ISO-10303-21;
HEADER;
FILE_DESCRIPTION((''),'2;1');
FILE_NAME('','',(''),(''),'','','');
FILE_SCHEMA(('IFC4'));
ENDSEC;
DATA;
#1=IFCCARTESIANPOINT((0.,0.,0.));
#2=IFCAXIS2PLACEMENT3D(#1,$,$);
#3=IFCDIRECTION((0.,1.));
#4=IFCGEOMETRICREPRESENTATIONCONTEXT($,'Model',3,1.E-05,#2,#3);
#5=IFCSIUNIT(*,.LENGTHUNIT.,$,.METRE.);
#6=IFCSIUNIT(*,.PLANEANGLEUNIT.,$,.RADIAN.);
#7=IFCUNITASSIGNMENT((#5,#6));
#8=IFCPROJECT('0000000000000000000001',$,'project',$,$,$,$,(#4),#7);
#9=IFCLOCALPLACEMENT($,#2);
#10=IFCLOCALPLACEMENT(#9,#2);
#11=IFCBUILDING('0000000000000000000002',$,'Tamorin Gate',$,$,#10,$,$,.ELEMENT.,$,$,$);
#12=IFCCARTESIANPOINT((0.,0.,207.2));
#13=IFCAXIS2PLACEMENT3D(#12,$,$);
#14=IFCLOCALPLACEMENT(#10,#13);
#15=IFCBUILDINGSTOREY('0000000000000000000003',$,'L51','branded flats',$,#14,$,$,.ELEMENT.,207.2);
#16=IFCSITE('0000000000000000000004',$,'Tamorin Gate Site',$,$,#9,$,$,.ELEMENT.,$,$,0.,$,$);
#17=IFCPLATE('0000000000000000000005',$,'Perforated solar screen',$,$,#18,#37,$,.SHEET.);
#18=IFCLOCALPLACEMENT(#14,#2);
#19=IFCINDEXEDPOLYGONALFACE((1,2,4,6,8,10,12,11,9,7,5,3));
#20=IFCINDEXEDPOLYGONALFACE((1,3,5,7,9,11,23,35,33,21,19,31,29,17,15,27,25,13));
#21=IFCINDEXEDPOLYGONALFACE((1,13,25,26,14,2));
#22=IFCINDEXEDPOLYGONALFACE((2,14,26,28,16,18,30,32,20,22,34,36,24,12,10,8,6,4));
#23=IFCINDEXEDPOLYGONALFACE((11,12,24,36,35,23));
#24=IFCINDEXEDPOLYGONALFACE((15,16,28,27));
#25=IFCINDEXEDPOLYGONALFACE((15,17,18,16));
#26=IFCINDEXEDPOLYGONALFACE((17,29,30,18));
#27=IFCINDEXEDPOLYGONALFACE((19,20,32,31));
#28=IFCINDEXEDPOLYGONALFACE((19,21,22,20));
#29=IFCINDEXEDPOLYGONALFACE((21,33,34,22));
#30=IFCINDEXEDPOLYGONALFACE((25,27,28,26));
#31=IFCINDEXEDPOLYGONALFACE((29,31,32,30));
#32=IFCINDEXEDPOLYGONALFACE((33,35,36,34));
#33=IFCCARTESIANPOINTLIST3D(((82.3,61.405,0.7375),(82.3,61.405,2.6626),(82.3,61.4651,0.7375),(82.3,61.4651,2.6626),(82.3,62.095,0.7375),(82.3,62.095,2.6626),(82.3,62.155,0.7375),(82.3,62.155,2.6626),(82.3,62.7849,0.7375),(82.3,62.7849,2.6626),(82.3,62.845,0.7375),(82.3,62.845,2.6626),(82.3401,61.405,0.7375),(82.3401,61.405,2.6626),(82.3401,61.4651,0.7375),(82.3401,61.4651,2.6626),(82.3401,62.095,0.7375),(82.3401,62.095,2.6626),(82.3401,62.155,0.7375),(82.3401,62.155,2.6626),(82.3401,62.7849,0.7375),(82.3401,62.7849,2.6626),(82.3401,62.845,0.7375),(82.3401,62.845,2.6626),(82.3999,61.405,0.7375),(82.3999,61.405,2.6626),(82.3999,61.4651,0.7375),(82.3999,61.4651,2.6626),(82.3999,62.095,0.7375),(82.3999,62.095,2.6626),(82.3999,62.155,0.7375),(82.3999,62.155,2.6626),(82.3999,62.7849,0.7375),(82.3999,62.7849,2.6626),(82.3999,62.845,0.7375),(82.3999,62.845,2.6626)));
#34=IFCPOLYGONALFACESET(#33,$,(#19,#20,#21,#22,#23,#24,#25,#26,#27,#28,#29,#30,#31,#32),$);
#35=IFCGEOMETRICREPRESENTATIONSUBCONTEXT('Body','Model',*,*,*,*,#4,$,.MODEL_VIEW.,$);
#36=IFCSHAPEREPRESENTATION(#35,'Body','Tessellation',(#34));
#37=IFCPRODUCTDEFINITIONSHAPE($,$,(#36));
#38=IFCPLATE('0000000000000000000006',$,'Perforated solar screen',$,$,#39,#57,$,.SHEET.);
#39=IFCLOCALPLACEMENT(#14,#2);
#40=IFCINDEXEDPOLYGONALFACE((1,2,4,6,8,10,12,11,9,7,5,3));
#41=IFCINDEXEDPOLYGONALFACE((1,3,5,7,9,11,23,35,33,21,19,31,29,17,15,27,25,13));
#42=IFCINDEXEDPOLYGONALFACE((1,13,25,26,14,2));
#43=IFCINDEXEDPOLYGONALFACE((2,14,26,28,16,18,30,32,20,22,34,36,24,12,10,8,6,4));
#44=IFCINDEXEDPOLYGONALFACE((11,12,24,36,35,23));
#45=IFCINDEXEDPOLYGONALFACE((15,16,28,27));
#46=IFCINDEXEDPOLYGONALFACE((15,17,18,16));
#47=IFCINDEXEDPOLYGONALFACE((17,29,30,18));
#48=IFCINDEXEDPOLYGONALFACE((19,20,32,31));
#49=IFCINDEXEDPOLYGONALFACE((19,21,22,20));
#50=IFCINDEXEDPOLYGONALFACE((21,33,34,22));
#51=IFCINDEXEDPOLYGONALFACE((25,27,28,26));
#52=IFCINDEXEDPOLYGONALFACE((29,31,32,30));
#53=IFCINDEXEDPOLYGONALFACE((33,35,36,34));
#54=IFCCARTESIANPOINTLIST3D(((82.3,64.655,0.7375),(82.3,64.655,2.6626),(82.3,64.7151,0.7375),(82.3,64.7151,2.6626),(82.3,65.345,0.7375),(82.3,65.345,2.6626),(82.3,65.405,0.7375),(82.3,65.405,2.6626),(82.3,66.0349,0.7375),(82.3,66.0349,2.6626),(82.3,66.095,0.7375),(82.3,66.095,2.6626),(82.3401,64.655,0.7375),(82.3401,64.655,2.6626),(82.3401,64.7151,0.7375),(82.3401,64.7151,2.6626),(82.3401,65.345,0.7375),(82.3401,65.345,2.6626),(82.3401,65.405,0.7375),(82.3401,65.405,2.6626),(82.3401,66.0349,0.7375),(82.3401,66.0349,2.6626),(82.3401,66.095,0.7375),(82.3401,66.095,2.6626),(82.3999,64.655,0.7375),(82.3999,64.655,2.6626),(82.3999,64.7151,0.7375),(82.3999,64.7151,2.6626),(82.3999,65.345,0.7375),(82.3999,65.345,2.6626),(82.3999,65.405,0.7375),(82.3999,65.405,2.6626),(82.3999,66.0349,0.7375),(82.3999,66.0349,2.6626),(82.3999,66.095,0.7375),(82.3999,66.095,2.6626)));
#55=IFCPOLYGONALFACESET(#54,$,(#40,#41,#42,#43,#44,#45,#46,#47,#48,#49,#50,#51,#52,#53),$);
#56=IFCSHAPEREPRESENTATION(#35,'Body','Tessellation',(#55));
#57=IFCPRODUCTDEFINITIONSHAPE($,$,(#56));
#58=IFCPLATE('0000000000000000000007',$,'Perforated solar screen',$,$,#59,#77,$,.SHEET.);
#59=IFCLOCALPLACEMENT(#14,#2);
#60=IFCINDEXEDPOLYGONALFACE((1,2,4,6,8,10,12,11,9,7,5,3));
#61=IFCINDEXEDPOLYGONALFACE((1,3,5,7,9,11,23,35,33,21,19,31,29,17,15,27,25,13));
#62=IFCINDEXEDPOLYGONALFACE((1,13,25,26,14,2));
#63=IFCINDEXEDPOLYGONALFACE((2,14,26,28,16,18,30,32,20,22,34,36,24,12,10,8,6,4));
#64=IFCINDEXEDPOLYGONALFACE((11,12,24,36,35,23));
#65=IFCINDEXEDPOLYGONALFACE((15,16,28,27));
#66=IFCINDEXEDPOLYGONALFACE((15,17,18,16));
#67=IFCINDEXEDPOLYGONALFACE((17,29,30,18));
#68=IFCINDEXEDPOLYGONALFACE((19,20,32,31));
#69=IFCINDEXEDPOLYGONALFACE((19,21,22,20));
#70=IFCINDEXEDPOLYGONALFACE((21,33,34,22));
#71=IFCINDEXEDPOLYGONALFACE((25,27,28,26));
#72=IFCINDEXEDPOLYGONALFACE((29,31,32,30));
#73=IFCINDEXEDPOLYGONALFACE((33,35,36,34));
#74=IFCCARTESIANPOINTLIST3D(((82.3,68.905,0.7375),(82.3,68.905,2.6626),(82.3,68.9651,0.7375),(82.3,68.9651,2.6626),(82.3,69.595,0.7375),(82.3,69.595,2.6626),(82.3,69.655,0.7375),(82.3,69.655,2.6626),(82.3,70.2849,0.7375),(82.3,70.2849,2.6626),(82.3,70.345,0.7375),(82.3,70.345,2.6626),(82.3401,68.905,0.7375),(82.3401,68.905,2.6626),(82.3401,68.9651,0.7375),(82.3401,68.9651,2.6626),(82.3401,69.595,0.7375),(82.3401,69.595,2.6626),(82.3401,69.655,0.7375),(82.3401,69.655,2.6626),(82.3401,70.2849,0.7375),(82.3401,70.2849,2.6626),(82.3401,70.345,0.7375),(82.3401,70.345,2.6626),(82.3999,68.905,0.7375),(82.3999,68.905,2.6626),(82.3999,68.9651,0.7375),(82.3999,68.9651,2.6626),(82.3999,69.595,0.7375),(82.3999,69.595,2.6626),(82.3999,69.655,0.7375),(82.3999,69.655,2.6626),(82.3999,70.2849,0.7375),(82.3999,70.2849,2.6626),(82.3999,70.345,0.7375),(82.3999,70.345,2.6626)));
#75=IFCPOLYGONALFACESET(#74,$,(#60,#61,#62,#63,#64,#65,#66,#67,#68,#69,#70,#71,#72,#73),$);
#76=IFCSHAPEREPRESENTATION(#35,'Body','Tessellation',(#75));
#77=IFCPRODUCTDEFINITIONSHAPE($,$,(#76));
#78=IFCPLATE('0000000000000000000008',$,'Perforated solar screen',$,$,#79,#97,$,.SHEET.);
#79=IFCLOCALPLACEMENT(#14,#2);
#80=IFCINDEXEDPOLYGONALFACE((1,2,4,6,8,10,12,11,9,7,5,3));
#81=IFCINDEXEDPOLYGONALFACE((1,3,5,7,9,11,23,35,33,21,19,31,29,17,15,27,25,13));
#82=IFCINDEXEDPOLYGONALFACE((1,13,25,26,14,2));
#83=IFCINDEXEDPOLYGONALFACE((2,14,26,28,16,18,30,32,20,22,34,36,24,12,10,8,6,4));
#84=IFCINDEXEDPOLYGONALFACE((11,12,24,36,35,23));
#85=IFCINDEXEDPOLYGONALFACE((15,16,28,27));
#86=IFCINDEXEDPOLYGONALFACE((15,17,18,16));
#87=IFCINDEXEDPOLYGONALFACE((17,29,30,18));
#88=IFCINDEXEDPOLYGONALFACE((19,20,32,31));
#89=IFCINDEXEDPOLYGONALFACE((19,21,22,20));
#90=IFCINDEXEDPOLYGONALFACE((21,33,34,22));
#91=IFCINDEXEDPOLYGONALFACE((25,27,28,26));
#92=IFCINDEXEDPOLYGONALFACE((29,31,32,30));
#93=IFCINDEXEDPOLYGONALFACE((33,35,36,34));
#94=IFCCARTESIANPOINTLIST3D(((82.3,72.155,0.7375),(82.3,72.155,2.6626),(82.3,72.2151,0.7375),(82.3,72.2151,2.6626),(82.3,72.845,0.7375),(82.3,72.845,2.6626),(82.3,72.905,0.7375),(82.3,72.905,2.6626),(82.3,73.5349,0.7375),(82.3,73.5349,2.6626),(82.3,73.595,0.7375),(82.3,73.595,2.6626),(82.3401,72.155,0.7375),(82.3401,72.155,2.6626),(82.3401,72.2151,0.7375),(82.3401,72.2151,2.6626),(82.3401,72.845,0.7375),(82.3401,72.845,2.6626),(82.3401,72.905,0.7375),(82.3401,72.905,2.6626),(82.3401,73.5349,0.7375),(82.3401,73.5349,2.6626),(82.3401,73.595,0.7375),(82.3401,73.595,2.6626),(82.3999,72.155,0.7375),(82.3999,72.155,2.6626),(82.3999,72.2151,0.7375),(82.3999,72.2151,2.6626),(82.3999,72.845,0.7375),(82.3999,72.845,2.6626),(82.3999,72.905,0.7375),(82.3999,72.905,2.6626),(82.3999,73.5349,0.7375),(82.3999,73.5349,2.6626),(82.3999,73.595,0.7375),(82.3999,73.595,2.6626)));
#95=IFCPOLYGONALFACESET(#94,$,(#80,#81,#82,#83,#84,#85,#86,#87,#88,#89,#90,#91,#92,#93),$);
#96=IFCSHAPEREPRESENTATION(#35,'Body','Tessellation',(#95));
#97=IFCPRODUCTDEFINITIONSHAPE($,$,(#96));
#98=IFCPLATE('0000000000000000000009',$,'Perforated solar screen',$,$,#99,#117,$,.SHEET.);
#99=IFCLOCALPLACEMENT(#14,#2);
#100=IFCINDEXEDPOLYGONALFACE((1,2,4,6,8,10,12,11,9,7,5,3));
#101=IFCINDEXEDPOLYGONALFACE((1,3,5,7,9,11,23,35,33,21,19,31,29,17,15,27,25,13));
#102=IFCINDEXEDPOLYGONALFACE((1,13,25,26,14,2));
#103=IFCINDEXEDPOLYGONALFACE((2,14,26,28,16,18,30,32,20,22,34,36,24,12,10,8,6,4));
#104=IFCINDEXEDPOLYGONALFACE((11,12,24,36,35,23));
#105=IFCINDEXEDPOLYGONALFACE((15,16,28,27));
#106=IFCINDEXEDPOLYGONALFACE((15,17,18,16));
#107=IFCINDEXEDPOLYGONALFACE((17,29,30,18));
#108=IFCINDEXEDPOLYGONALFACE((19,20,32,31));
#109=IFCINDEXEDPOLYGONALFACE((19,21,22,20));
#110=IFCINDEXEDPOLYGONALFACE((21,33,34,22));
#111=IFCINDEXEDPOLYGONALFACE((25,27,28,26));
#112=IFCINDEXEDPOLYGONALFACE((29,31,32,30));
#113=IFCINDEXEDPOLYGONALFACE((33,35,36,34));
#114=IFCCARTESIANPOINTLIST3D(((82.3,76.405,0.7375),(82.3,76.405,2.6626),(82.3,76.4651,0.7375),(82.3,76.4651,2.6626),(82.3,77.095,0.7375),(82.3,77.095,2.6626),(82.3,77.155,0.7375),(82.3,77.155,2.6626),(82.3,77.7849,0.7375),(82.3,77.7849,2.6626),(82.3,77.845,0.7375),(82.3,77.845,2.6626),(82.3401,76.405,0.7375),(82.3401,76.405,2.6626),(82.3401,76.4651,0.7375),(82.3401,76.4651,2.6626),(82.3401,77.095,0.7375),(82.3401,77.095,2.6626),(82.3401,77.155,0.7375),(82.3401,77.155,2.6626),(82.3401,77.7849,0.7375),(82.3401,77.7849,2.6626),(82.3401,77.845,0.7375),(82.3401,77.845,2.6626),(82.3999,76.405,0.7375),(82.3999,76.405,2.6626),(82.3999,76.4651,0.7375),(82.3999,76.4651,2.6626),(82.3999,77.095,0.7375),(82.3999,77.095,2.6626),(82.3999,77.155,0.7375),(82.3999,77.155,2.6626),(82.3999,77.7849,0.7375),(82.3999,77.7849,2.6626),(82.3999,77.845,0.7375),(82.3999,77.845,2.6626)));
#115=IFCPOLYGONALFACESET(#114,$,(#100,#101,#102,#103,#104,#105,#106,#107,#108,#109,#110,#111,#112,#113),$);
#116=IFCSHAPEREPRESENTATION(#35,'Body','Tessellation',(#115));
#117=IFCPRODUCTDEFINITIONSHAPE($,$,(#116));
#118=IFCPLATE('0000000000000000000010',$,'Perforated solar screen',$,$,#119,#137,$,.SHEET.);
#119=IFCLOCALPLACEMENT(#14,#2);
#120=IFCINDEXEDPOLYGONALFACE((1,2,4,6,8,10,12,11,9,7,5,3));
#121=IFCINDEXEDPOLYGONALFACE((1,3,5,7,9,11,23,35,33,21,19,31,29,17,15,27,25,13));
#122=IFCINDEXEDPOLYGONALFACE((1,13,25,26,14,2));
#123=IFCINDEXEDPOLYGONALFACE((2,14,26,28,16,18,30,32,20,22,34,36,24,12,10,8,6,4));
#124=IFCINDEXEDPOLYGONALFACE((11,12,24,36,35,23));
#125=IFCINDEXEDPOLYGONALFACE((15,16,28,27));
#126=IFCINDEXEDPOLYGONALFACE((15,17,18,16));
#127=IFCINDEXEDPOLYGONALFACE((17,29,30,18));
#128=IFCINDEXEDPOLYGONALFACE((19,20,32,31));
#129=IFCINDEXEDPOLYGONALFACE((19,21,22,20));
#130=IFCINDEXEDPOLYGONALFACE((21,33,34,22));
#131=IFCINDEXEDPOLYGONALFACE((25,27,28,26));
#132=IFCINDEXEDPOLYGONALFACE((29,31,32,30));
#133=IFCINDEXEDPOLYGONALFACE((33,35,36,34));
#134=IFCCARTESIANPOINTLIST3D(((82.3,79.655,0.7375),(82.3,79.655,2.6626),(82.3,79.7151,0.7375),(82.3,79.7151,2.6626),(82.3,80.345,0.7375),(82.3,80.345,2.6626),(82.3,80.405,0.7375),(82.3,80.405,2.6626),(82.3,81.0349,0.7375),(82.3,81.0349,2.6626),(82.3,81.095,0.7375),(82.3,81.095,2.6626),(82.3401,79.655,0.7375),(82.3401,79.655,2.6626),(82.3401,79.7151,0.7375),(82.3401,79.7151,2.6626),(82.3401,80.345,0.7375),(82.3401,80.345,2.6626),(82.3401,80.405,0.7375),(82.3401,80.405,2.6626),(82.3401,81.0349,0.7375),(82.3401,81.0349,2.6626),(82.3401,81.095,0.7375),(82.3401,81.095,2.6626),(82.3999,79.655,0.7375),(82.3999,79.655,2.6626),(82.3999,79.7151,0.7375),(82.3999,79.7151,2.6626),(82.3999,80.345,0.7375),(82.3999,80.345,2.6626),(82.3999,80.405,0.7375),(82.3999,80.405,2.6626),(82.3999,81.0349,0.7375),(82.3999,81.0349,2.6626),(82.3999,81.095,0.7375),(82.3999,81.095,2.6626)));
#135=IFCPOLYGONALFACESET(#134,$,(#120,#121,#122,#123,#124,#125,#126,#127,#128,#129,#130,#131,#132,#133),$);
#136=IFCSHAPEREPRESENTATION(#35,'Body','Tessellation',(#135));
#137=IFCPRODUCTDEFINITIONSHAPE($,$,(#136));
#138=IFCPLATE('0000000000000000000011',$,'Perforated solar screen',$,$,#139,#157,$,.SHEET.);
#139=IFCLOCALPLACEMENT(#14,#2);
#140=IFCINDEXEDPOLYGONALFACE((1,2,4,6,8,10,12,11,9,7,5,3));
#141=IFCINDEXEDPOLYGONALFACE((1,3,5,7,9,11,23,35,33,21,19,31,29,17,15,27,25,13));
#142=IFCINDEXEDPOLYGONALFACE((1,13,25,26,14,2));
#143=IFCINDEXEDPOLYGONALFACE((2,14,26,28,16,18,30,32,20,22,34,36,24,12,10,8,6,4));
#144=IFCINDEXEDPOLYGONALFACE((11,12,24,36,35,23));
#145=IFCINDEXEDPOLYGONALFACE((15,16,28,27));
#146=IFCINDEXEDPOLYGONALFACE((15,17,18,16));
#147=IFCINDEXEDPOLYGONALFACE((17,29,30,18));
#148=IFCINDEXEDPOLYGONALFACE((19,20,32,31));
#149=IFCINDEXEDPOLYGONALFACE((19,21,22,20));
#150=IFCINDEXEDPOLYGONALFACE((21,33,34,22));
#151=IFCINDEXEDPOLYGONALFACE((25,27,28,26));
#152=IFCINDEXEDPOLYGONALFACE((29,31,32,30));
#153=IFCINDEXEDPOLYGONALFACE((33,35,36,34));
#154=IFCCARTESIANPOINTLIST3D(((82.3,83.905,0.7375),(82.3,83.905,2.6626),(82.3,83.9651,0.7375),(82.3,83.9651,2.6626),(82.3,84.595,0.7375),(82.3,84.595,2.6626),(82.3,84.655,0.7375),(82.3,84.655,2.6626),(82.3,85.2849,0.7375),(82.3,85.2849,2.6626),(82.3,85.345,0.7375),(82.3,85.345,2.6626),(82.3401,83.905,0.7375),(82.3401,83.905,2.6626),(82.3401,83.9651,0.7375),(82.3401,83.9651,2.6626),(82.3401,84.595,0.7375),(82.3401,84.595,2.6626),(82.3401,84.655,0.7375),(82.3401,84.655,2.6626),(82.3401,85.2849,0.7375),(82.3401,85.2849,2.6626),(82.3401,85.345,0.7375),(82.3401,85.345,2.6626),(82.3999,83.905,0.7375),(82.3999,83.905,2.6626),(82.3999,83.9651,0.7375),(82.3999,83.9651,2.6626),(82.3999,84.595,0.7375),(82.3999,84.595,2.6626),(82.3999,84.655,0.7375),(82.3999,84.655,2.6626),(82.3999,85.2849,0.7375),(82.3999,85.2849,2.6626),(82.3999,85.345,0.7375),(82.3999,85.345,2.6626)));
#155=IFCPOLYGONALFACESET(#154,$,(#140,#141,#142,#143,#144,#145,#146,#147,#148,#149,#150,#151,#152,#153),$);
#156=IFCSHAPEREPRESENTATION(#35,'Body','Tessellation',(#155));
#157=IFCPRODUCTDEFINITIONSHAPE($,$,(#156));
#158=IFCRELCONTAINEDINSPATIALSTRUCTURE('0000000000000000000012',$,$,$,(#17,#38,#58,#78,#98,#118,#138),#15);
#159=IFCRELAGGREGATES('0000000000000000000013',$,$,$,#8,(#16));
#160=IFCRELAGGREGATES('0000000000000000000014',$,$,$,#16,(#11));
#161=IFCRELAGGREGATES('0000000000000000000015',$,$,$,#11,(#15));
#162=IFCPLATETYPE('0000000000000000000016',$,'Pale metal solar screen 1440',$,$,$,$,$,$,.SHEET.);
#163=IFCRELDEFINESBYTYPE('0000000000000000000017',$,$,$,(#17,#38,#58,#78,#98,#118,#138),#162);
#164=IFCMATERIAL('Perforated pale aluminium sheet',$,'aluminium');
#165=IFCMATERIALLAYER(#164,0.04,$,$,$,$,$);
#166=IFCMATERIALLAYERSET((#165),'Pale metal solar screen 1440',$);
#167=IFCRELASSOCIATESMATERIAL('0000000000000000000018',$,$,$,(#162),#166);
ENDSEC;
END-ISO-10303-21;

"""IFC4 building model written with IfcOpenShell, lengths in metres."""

from ifc_helpers import new_model, si_unit, direction, frame, origin, place, context, subcontext, project, spatial, polyline, outline, extrude, material, layer, layer_set, type_object, element, save


model = new_model("IFC4")

# Units and contexts
model_context = context("Model", 3, precision=1e-05, world=origin(), true_north=direction((0.0, 1.0)))
body_context = subcontext(model_context, "Body", "Model", "MODEL_VIEW")
ifc_project = project(units=[si_unit("LENGTHUNIT", "METRE"), si_unit("PLANEANGLEUNIT", "RADIAN")], contexts=[model_context])

# Site, building, storey
site_placement = place(None, origin())
site = spatial("IfcSite", under=ifc_project, at=site_placement, Name="Tamorin Gate Site", CompositionType="ELEMENT", RefElevation=0.0)
building_placement = place(site_placement, origin())
building = spatial("IfcBuilding", under=site, at=building_placement, Name="Tamorin Gate", CompositionType="ELEMENT")
storey_placement = place(building_placement, frame((0.0, 0.0, 207.2)))
storey = spatial("IfcBuildingStorey", under=building, at=storey_placement, Name="L51", Description="branded flats", CompositionType="ELEMENT", Elevation=207.2)

# Plates
ifc_material_1 = material(Name="Perforated pale aluminium sheet", Category="aluminium")
ifc_layer_1 = layer(ifc_material_1, 0.04)
ifc_layer_set_1 = layer_set([ifc_layer_1], Name="Pale metal solar screen 1440")
plate_type_1 = type_object("IfcPlateType", Name="Pale metal solar screen 1440", PredefinedType="SHEET", material=ifc_layer_set_1)
plate_1_placement = place(storey_placement, frame((0.0, 0.0, 0.7375)))
element("IfcPlate", 1, at=plate_1_placement, inside=storey, type_object=plate_type_1, Name="Perforated solar screen", PredefinedType="SHEET", context=body_context, shape_type="SweptSolid", body=[
    extrude(outline(polyline([(82.3401, 61.405), (82.3, 61.405), (82.3, 61.4651), (82.3, 62.095), (82.3, 62.155), (82.3, 62.7849), (82.3, 62.845), (82.3401, 62.845), (82.3999, 62.845), (82.3999, 62.7849), (82.3401, 62.7849), (82.3401, 62.155), (82.3999, 62.155), (82.3999, 62.095), (82.3401, 62.095), (82.3401, 61.4651), (82.3999, 61.4651), (82.3999, 61.405), (82.3401, 61.405)])), origin(), (0.0, 0.0, 1.0), 1.925),
])
plate_2_placement = place(storey_placement, frame((0.0, 0.0, 0.7375)))
element("IfcPlate", 2, at=plate_2_placement, inside=storey, type_object=plate_type_1, Name="Perforated solar screen", PredefinedType="SHEET", context=body_context, shape_type="SweptSolid", body=[
    extrude(outline(polyline([(82.3401, 64.655), (82.3, 64.655), (82.3, 64.7151), (82.3, 65.345), (82.3, 65.405), (82.3, 66.0349), (82.3, 66.095), (82.3401, 66.095), (82.3999, 66.095), (82.3999, 66.0349), (82.3401, 66.0349), (82.3401, 65.405), (82.3999, 65.405), (82.3999, 65.345), (82.3401, 65.345), (82.3401, 64.7151), (82.3999, 64.7151), (82.3999, 64.655), (82.3401, 64.655)])), origin(), (0.0, 0.0, 1.0), 1.925),
])
plate_3_placement = place(storey_placement, frame((0.0, 0.0, 0.7375)))
element("IfcPlate", 3, at=plate_3_placement, inside=storey, type_object=plate_type_1, Name="Perforated solar screen", PredefinedType="SHEET", context=body_context, shape_type="SweptSolid", body=[
    extrude(outline(polyline([(82.3401, 68.905), (82.3, 68.905), (82.3, 68.9651), (82.3, 69.595), (82.3, 69.655), (82.3, 70.2849), (82.3, 70.345), (82.3401, 70.345), (82.3999, 70.345), (82.3999, 70.2849), (82.3401, 70.2849), (82.3401, 69.655), (82.3999, 69.655), (82.3999, 69.595), (82.3401, 69.595), (82.3401, 68.9651), (82.3999, 68.9651), (82.3999, 68.905), (82.3401, 68.905)])), origin(), (0.0, 0.0, 1.0), 1.925),
])
plate_4_placement = place(storey_placement, frame((0.0, 0.0, 0.7375)))
element("IfcPlate", 4, at=plate_4_placement, inside=storey, type_object=plate_type_1, Name="Perforated solar screen", PredefinedType="SHEET", context=body_context, shape_type="SweptSolid", body=[
    extrude(outline(polyline([(82.3401, 72.155), (82.3, 72.155), (82.3, 72.2151), (82.3, 72.845), (82.3, 72.905), (82.3, 73.5349), (82.3, 73.595), (82.3401, 73.595), (82.3999, 73.595), (82.3999, 73.5349), (82.3401, 73.5349), (82.3401, 72.905), (82.3999, 72.905), (82.3999, 72.845), (82.3401, 72.845), (82.3401, 72.2151), (82.3999, 72.2151), (82.3999, 72.155), (82.3401, 72.155)])), origin(), (0.0, 0.0, 1.0), 1.925),
])
plate_5_placement = place(storey_placement, frame((0.0, 0.0, 0.7375)))
element("IfcPlate", 5, at=plate_5_placement, inside=storey, type_object=plate_type_1, Name="Perforated solar screen", PredefinedType="SHEET", context=body_context, shape_type="SweptSolid", body=[
    extrude(outline(polyline([(82.3401, 76.405), (82.3, 76.405), (82.3, 76.4651), (82.3, 77.095), (82.3, 77.155), (82.3, 77.7849), (82.3, 77.845), (82.3401, 77.845), (82.3999, 77.845), (82.3999, 77.7849), (82.3401, 77.7849), (82.3401, 77.155), (82.3999, 77.155), (82.3999, 77.095), (82.3401, 77.095), (82.3401, 76.4651), (82.3999, 76.4651), (82.3999, 76.405), (82.3401, 76.405)])), origin(), (0.0, 0.0, 1.0), 1.925),
])
plate_6_placement = place(storey_placement, frame((0.0, 0.0, 0.7375)))
element("IfcPlate", 6, at=plate_6_placement, inside=storey, type_object=plate_type_1, Name="Perforated solar screen", PredefinedType="SHEET", context=body_context, shape_type="SweptSolid", body=[
    extrude(outline(polyline([(82.3401, 79.655), (82.3, 79.655), (82.3, 79.7151), (82.3, 80.345), (82.3, 80.405), (82.3, 81.0349), (82.3, 81.095), (82.3401, 81.095), (82.3999, 81.095), (82.3999, 81.0349), (82.3401, 81.0349), (82.3401, 80.405), (82.3999, 80.405), (82.3999, 80.345), (82.3401, 80.345), (82.3401, 79.7151), (82.3999, 79.7151), (82.3999, 79.655), (82.3401, 79.655)])), origin(), (0.0, 0.0, 1.0), 1.925),
])
plate_7_placement = place(storey_placement, frame((0.0, 0.0, 0.7375)))
element("IfcPlate", 7, at=plate_7_placement, inside=storey, type_object=plate_type_1, Name="Perforated solar screen", PredefinedType="SHEET", context=body_context, shape_type="SweptSolid", body=[
    extrude(outline(polyline([(82.3401, 83.905), (82.3, 83.905), (82.3, 83.9651), (82.3, 84.595), (82.3, 84.655), (82.3, 85.2849), (82.3, 85.345), (82.3401, 85.345), (82.3999, 85.345), (82.3999, 85.2849), (82.3401, 85.2849), (82.3401, 84.655), (82.3999, 84.655), (82.3999, 84.595), (82.3401, 84.595), (82.3401, 83.9651), (82.3999, 83.9651), (82.3999, 83.905), (82.3401, 83.905)])), origin(), (0.0, 0.0, 1.0), 1.925),
])

save(model, "model.ifc")
